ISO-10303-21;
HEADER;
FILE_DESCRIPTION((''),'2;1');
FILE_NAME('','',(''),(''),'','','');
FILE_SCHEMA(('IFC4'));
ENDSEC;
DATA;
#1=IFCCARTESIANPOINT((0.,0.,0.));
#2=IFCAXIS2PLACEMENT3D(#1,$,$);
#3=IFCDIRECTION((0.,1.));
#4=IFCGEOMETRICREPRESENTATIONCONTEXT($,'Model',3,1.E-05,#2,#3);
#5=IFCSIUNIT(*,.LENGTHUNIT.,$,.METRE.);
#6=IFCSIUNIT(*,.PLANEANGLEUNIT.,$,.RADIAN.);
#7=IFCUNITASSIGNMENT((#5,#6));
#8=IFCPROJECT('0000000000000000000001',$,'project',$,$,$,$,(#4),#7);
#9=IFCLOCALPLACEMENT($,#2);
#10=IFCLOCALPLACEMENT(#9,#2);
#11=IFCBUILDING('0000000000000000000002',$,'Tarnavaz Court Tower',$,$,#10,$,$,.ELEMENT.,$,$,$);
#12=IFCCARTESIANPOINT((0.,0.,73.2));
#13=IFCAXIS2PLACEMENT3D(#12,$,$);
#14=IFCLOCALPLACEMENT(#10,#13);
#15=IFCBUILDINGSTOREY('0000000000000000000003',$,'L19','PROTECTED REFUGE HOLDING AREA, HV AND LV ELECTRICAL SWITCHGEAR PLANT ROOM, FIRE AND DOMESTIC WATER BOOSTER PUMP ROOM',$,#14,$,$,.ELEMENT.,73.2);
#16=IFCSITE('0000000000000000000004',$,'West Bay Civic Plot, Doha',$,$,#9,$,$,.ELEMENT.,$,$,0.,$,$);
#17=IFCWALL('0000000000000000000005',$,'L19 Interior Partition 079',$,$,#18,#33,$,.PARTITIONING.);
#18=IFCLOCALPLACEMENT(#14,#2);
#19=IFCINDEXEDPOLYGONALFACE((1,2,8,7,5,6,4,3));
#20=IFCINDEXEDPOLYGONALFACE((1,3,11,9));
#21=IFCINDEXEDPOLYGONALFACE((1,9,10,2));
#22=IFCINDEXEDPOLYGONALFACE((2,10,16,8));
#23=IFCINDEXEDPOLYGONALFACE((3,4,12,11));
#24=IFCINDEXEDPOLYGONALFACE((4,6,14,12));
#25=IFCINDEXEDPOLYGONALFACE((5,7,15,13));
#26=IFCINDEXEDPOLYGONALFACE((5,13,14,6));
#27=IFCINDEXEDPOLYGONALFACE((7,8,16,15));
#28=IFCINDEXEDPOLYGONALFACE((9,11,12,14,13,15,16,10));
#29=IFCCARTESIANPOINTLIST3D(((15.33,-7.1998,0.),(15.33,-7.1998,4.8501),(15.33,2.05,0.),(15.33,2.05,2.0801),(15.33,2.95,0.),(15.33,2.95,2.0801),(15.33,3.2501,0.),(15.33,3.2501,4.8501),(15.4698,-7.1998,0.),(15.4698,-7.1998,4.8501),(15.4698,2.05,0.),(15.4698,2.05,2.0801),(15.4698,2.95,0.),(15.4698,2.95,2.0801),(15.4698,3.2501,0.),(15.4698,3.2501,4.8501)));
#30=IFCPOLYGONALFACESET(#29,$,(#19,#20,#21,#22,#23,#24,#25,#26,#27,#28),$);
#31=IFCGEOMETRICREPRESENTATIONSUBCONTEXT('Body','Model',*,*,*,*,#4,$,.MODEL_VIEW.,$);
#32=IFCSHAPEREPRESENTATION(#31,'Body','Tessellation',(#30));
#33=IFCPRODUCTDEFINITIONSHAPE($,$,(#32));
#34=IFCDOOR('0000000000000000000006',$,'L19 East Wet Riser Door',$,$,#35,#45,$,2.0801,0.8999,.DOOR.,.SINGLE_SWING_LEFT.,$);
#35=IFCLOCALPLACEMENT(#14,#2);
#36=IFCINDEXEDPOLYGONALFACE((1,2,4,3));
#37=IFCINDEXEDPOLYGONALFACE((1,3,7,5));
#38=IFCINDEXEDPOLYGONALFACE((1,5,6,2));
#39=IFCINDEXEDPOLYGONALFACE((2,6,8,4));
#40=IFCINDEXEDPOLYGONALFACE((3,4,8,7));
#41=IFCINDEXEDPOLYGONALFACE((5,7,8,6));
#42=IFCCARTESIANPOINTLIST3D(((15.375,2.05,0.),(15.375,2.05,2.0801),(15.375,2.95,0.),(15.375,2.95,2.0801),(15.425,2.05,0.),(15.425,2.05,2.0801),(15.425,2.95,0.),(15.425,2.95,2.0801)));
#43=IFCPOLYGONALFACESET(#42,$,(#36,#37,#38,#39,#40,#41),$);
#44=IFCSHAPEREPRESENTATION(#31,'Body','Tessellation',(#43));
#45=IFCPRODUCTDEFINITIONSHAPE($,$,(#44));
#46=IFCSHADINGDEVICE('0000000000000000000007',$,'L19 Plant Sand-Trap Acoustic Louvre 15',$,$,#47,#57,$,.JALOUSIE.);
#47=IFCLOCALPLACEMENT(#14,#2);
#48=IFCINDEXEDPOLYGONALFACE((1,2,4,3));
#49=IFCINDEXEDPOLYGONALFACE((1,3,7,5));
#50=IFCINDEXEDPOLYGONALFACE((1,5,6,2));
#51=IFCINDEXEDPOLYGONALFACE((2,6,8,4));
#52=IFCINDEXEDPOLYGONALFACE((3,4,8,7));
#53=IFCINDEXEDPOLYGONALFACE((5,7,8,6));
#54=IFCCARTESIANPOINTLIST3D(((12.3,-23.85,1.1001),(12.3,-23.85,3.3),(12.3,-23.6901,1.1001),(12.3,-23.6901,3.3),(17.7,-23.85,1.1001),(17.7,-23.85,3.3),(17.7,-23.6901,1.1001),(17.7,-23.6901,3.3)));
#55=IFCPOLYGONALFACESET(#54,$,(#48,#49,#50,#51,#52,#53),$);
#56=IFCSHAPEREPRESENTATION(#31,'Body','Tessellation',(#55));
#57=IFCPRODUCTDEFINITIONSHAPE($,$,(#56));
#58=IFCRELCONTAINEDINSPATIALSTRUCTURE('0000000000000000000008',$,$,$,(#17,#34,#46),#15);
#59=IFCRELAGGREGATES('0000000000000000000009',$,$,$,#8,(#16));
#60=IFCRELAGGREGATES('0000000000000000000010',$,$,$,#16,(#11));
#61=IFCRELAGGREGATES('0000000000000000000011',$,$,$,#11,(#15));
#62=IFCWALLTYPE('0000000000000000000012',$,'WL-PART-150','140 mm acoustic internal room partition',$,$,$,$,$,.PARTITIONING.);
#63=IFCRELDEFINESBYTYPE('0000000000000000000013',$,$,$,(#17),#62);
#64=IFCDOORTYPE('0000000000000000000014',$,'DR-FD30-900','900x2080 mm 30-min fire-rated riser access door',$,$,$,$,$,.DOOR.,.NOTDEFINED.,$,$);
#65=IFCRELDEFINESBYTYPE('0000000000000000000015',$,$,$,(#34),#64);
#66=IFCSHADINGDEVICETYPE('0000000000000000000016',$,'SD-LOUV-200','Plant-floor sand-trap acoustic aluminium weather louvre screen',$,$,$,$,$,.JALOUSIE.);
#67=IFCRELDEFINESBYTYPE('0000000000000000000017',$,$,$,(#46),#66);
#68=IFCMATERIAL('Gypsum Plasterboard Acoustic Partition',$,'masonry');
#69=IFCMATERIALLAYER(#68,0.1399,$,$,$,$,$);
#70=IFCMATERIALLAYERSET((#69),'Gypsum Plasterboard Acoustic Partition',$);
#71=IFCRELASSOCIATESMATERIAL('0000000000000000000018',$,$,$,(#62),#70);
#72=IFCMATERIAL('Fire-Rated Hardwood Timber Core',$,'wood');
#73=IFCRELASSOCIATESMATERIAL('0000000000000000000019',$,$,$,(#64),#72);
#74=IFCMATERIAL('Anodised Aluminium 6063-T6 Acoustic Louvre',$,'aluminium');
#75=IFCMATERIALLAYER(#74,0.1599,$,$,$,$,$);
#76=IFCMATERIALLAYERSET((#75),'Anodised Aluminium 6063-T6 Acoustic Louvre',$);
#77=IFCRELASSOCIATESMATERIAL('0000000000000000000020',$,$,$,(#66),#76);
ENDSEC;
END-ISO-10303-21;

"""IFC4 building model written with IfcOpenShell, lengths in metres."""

from ifc_helpers import new_model, si_unit, direction, frame, frame_2d, origin, origin_2d, place, context, subcontext, project, spatial, rectangle, extrude, material, layer, layer_set, type_object, element, fill, save


model = new_model("IFC4")

# Units and contexts
model_context = context("Model", 3, precision=1e-05, world=origin(), true_north=direction((0.0, 1.0)))
body_context = subcontext(model_context, "Body", "Model", "MODEL_VIEW")
ifc_project = project(units=[si_unit("LENGTHUNIT", "METRE"), si_unit("PLANEANGLEUNIT", "RADIAN")], contexts=[model_context])

# Site, building, storey
site_placement = place(None, origin())
site = spatial("IfcSite", under=ifc_project, at=site_placement, Name="West Bay Civic Plot, Doha", CompositionType="ELEMENT", RefElevation=0.0)
building_placement = place(site_placement, origin())
building = spatial("IfcBuilding", under=site, at=building_placement, Name="Tarnavaz Court Tower", CompositionType="ELEMENT")
storey_placement = place(building_placement, frame((0.0, 0.0, 73.2)))
storey = spatial("IfcBuildingStorey", under=building, at=storey_placement, Name="L19", Description="PROTECTED REFUGE HOLDING AREA, HV AND LV ELECTRICAL SWITCHGEAR PLANT ROOM, FIRE AND DOMESTIC WATER BOOSTER PUMP ROOM", CompositionType="ELEMENT", Elevation=73.2)

# Wall, opening, door
ifc_material_1 = material(Name="Gypsum Plasterboard Acoustic Partition", Category="masonry")
ifc_layer_1 = layer(ifc_material_1, 0.1399)
ifc_layer_set_1 = layer_set([ifc_layer_1], Name="Gypsum Plasterboard Acoustic Partition")
wall_type_1 = type_object("IfcWallType", Name="WL-PART-150", Description="140 mm acoustic internal room partition", PredefinedType="PARTITIONING", material=ifc_layer_set_1)
wall_1_placement = place(storey_placement, frame((15.3999, -7.2, 0.0), z_axis=(0.0, 0.0, 1.0), x_axis=(0.0, 1.0, 0.0)))
wall_1 = element("IfcWall", 1, at=wall_1_placement, inside=storey, type_object=wall_type_1, Name="L19 Interior Partition 079", PredefinedType="PARTITIONING", context=body_context, shape_type="SweptSolid", body=[
    extrude(rectangle(XDim=10.45, YDim=0.1399, at=frame_2d((5.2251, 0.0))), origin(), (0.0, 0.0, 1.0), 4.8501),
])
opening_1_placement = place(wall_1_placement, frame((9.25, 0.0, 0.0)))
opening_1 = element("IfcOpeningElement", 2, at=opening_1_placement, cuts=wall_1, PredefinedType="OPENING", context=body_context, shape_type="SweptSolid", body=[
    extrude(rectangle(XDim=0.8999, YDim=2.0801, at=frame_2d((0.45, 1.04))), frame((0.0, 0.0798, 0.0), z_axis=(0.0, -1.0, 0.0), x_axis=(1.0, 0.0, 0.0)), (0.0, 0.0, 1.0), 0.1599),
])
ifc_material_2 = material(Name="Fire-Rated Hardwood Timber Core", Category="wood")
door_type = type_object("IfcDoorType", Name="DR-FD30-900", Description="900x2080 mm 30-min fire-rated riser access door", OperationType="NOTDEFINED", PredefinedType="DOOR", material=ifc_material_2)
door_placement = place(opening_1_placement, origin())
door = element("IfcDoor", 3, at=door_placement, inside=storey, type_object=door_type, Name="L19 East Wet Riser Door", OperationType="SINGLE_SWING_LEFT", OverallHeight=2.0801, OverallWidth=0.8999, PredefinedType="DOOR", context=body_context, shape_type="SweptSolid", body=[
    extrude(rectangle(XDim=0.8999, YDim=2.0801, at=frame_2d((0.45, 1.04))), frame((0.0, 0.0249, 0.0), z_axis=(0.0, -1.0, 0.0), x_axis=(1.0, 0.0, 0.0)), (0.0, 0.0, 1.0), 0.05),
])
fill(opening_1, door)

# Shading device
ifc_material_3 = material(Name="Anodised Aluminium 6063-T6 Acoustic Louvre", Category="aluminium")
ifc_layer_2 = layer(ifc_material_3, 0.1599)
ifc_layer_set_2 = layer_set([ifc_layer_2], Name="Anodised Aluminium 6063-T6 Acoustic Louvre")
shading_device_type = type_object("IfcShadingDeviceType", Name="SD-LOUV-200", Description="Plant-floor sand-trap acoustic aluminium weather louvre screen", PredefinedType="JALOUSIE", material=ifc_layer_set_2)
shading_device_placement = place(storey_placement, frame((15.0, -23.77, 1.1001), z_axis=(0.0, 0.0, 1.0), x_axis=(-1.0, 0.0, 0.0)))
element("IfcShadingDevice", 4, at=shading_device_placement, inside=storey, type_object=shading_device_type, Name="L19 Plant Sand-Trap Acoustic Louvre 15", PredefinedType="JALOUSIE", context=body_context, shape_type="SweptSolid", body=[
    extrude(rectangle(XDim=5.3999, YDim=0.1599, at=origin_2d()), origin(), (0.0, 0.0, 1.0), 2.2),
])

save(model, "model.ifc")
